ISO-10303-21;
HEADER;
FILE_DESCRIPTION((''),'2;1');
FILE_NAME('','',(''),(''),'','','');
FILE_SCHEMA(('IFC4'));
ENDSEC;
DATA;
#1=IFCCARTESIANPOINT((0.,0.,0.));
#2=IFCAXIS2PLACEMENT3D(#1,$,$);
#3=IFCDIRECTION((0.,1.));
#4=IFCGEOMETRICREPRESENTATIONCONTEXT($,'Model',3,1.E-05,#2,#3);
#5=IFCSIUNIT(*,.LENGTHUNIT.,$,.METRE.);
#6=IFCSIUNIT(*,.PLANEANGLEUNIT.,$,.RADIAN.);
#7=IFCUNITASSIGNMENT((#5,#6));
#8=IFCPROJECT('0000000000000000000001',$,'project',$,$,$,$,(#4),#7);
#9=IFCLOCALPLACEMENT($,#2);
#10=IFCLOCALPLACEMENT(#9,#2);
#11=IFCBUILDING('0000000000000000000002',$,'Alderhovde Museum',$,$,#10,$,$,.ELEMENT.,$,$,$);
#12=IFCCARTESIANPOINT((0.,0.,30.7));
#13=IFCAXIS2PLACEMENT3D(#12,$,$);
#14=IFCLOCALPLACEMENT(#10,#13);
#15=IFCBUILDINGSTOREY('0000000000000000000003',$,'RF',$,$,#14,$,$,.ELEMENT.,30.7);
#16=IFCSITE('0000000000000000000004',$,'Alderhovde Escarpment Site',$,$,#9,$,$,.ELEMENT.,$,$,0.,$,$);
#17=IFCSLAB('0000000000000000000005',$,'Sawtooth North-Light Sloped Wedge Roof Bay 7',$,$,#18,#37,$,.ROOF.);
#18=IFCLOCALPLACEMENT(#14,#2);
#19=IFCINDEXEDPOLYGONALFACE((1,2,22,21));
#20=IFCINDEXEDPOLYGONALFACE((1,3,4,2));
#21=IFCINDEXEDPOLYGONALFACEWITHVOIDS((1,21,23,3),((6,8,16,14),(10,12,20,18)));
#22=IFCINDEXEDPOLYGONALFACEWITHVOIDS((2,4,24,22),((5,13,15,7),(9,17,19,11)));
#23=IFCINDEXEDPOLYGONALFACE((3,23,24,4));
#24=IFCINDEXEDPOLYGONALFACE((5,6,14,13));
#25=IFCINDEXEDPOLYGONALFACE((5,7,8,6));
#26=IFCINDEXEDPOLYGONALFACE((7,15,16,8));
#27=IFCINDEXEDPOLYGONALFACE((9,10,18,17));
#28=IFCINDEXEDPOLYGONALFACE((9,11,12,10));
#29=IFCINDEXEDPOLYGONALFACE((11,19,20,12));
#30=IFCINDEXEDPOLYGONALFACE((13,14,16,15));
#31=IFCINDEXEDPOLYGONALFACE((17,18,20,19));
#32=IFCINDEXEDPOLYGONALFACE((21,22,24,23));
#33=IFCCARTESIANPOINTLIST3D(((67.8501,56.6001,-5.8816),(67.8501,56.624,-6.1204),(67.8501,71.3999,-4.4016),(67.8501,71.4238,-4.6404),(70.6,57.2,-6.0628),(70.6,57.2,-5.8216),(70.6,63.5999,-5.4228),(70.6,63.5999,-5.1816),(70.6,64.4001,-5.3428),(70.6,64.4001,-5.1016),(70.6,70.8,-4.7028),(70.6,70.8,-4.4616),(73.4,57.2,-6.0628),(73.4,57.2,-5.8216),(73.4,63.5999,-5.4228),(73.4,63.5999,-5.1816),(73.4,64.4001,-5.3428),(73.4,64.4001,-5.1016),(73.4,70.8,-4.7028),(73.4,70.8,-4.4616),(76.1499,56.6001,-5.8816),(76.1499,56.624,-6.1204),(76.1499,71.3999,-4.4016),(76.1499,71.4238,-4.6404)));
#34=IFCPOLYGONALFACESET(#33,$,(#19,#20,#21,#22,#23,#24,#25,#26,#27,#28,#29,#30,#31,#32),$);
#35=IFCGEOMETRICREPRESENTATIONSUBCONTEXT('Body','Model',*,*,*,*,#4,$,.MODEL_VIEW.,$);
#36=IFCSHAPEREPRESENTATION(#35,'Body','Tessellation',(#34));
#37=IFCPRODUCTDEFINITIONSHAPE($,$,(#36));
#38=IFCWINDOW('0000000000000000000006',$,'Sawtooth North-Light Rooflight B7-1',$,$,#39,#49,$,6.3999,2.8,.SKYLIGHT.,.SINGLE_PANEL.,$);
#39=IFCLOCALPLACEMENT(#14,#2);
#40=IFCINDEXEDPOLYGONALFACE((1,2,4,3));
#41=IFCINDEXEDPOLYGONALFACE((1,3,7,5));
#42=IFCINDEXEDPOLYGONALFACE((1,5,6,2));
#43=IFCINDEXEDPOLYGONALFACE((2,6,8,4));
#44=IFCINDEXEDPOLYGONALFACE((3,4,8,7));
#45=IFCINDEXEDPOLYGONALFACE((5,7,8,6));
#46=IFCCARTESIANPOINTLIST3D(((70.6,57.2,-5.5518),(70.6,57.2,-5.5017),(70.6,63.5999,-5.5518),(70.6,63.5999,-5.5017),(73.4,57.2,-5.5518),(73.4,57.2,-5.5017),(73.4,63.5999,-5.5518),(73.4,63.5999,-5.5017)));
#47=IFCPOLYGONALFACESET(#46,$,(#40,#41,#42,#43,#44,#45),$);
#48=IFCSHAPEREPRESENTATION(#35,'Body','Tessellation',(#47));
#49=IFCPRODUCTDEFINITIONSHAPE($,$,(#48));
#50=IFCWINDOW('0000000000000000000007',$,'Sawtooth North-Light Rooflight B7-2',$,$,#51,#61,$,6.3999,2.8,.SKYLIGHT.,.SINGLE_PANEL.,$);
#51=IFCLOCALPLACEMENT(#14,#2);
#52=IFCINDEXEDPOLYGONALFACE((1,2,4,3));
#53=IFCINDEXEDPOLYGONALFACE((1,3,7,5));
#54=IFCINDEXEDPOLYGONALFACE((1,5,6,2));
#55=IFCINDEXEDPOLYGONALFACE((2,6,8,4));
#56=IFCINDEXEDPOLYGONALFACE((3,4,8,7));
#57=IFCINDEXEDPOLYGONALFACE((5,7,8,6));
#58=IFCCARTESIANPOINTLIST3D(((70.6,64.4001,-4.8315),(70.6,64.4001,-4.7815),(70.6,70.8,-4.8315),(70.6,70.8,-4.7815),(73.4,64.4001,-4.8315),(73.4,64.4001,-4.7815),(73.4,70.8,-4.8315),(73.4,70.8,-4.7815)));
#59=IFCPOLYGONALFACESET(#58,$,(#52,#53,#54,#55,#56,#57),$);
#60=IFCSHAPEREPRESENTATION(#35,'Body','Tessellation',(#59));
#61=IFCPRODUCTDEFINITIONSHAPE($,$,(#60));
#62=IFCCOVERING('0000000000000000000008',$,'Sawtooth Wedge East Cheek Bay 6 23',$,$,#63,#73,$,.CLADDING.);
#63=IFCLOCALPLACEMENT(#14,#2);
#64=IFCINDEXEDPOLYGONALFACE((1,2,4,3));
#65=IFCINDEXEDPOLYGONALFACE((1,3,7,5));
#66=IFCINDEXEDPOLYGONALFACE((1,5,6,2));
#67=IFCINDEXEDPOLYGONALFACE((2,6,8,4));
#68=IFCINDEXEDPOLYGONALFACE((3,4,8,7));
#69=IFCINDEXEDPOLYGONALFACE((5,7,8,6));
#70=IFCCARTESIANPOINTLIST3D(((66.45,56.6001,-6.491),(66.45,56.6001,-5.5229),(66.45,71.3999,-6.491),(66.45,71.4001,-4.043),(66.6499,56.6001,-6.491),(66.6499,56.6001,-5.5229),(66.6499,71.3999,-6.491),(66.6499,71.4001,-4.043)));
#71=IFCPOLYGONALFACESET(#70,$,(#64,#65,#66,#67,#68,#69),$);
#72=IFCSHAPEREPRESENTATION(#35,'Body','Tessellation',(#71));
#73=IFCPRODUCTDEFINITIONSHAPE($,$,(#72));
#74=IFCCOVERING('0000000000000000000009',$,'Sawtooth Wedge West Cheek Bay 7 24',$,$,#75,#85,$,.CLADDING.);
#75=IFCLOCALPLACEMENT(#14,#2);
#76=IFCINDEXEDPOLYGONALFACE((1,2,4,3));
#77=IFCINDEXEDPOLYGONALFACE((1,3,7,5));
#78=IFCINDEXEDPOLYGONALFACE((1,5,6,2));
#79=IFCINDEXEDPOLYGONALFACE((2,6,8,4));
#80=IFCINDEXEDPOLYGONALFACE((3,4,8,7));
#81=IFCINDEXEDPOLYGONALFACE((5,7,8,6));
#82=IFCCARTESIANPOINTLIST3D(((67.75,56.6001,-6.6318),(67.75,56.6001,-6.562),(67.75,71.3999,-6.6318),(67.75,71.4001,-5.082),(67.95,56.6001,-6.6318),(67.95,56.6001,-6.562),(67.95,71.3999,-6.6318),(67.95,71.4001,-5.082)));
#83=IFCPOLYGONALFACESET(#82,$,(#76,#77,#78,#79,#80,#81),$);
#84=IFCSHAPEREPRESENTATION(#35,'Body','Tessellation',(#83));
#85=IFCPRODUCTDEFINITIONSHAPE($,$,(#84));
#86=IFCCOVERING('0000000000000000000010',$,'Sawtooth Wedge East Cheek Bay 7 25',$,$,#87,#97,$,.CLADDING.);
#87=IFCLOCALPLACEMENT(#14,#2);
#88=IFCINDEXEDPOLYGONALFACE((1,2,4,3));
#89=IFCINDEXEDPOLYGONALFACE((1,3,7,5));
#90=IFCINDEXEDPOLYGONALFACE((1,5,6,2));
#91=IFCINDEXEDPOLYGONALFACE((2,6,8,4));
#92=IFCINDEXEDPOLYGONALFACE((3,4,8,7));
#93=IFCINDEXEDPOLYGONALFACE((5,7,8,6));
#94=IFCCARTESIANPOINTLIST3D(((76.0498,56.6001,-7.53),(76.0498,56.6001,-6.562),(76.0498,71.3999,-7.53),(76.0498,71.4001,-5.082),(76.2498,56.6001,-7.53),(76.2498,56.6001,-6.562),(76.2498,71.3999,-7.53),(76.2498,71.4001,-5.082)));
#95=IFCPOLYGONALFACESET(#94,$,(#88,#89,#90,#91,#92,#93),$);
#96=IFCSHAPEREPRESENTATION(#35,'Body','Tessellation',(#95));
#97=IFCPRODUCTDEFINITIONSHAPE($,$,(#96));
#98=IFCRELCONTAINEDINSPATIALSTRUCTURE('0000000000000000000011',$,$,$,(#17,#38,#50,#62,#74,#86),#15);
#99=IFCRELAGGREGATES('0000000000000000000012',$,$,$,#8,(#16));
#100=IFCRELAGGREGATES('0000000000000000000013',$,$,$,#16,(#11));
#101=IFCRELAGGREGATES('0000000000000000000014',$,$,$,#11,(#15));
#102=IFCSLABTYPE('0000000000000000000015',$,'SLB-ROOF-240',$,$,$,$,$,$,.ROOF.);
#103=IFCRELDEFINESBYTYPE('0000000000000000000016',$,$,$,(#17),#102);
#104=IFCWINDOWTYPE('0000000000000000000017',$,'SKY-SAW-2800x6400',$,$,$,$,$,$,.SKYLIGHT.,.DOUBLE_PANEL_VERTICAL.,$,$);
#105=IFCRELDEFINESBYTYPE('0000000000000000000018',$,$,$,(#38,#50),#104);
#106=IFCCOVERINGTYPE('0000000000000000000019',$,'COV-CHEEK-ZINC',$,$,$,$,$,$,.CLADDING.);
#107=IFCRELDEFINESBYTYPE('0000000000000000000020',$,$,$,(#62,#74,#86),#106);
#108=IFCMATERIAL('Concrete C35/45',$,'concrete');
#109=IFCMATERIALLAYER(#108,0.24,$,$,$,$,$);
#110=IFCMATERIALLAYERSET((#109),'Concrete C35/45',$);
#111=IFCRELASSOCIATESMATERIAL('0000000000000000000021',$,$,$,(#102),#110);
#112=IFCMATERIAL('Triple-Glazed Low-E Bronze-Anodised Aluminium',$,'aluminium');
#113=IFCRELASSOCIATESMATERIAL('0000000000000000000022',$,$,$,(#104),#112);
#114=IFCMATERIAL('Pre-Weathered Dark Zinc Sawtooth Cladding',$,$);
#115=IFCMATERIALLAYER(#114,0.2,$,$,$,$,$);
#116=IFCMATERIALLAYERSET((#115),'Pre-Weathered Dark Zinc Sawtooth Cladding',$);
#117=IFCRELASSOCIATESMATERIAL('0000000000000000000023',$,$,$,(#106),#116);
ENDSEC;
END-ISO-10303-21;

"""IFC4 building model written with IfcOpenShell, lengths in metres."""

from ifc_helpers import new_model, si_unit, direction, frame, origin, origin_2d, place, context, subcontext, project, spatial, polyline, rectangle, outline, extrude, material, layer, layer_set, type_object, element, fill, save


model = new_model("IFC4")

# Units and contexts
model_context = context("Model", 3, precision=1e-05, world=origin(), true_north=direction((0.0, 1.0)))
body_context = subcontext(model_context, "Body", "Model", "MODEL_VIEW")
ifc_project = project(units=[si_unit("LENGTHUNIT", "METRE"), si_unit("PLANEANGLEUNIT", "RADIAN")], contexts=[model_context])

# Site, building, storey
site_placement = place(None, origin())
site = spatial("IfcSite", under=ifc_project, at=site_placement, Name="Alderhovde Escarpment Site", CompositionType="ELEMENT", RefElevation=0.0)
building_placement = place(site_placement, origin())
building = spatial("IfcBuilding", under=site, at=building_placement, Name="Alderhovde Museum", CompositionType="ELEMENT")
storey_placement = place(building_placement, frame((0.0, 0.0, 30.7)))
storey = spatial("IfcBuildingStorey", under=building, at=storey_placement, Name="RF", CompositionType="ELEMENT", Elevation=30.7)

# Slab, openings, windows
ifc_material_1 = material(Name="Concrete C35/45", Category="concrete")
ifc_layer_1 = layer(ifc_material_1, 0.24)
ifc_layer_set_1 = layer_set([ifc_layer_1], Name="Concrete C35/45")
slab_type = type_object("IfcSlabType", Name="SLB-ROOF-240", PredefinedType="ROOF", material=ifc_layer_set_1)
slab_placement = place(storey_placement, frame((67.8501, 56.6001, -5.8816), z_axis=(0.0, -0.099504, 0.995037), x_axis=(1.0, 0.0, 0.0)))
slab = element("IfcSlab", 1, at=slab_placement, inside=storey, type_object=slab_type, Name="Sawtooth North-Light Sloped Wedge Roof Bay 7", PredefinedType="ROOF", context=body_context, shape_type="SweptSolid", body=[
    extrude(outline(polyline([(0.0, 0.0), (8.2998, 0.0), (8.2998, 14.8736), (0.0, 14.8736), (0.0, 0.0)])), origin(), (0.0, 0.0, -1.0), 0.24),
])
opening_1_placement = place(storey_placement, frame((72.0, 60.3999, -7.2417)))
opening_1 = element("IfcOpeningElement", 2, at=opening_1_placement, cuts=slab, PredefinedType="OPENING", context=body_context, shape_type="SweptSolid", body=[
    extrude(rectangle(XDim=2.8, YDim=6.3999, at=origin_2d()), origin(), (0.0, 0.0, 1.0), 3.24),
])
opening_2_placement = place(storey_placement, frame((72.0, 67.6001, -6.5215)))
opening_2 = element("IfcOpeningElement", 3, at=opening_2_placement, cuts=slab, PredefinedType="OPENING", context=body_context, shape_type="SweptSolid", body=[
    extrude(rectangle(XDim=2.8, YDim=6.3999, at=origin_2d()), origin(), (0.0, 0.0, 1.0), 3.24),
])
ifc_material_2 = material(Name="Triple-Glazed Low-E Bronze-Anodised Aluminium", Category="aluminium")
window_type = type_object("IfcWindowType", Name="SKY-SAW-2800x6400", PartitioningType="DOUBLE_PANEL_VERTICAL", PredefinedType="SKYLIGHT", material=ifc_material_2)
window_1_placement = place(opening_1_placement, frame((0.0, 0.0, 1.6899)))
window_1 = element("IfcWindow", 4, at=window_1_placement, inside=storey, type_object=window_type, Name="Sawtooth North-Light Rooflight B7-1", OverallHeight=6.3999, OverallWidth=2.8, PartitioningType="SINGLE_PANEL", PredefinedType="SKYLIGHT", context=body_context, shape_type="SweptSolid", body=[
    extrude(rectangle(XDim=2.8, YDim=6.3999, at=origin_2d()), origin(), (0.0, 0.0, 1.0), 0.05),
])
fill(opening_1, window_1)
window_2_placement = place(opening_2_placement, frame((0.0, 0.0, 1.6899)))
window_2 = element("IfcWindow", 5, at=window_2_placement, inside=storey, type_object=window_type, Name="Sawtooth North-Light Rooflight B7-2", OverallHeight=6.3999, OverallWidth=2.8, PartitioningType="SINGLE_PANEL", PredefinedType="SKYLIGHT", context=body_context, shape_type="SweptSolid", body=[
    extrude(rectangle(XDim=2.8, YDim=6.3999, at=origin_2d()), origin(), (0.0, 0.0, 1.0), 0.05),
])
fill(opening_2, window_2)

# Coverings
ifc_material_3 = material(Name="Pre-Weathered Dark Zinc Sawtooth Cladding")
ifc_layer_2 = layer(ifc_material_3, 0.2)
ifc_layer_set_2 = layer_set([ifc_layer_2], Name="Pre-Weathered Dark Zinc Sawtooth Cladding")
covering_type = type_object("IfcCoveringType", Name="COV-CHEEK-ZINC", PredefinedType="CLADDING", material=ifc_layer_set_2)
covering_1_placement = place(storey_placement, frame((66.55, 56.6001, -6.491), z_axis=(0.0, 0.0, 1.0), x_axis=(0.0, 1.0, 0.0)))
element("IfcCovering", 6, at=covering_1_placement, inside=storey, type_object=covering_type, Name="Sawtooth Wedge East Cheek Bay 6 23", PredefinedType="CLADDING", context=body_context, shape_type="SweptSolid", body=[
    extrude(outline(polyline([(0.0, 0.0), (14.7998, 0.0), (14.8, 2.448), (0.0, 0.968), (0.0, 0.0)])), frame((0.0, 0.1001, 0.0), z_axis=(0.0, -1.0, 0.0), x_axis=(1.0, 0.0, 0.0)), (0.0, 0.0, 1.0), 0.2),
])
covering_2_placement = place(storey_placement, frame((67.8501, 56.6001, -6.6318), z_axis=(0.0, 0.0, 1.0), x_axis=(0.0, 1.0, 0.0)))
element("IfcCovering", 7, at=covering_2_placement, inside=storey, type_object=covering_type, Name="Sawtooth Wedge West Cheek Bay 7 24", PredefinedType="CLADDING", context=body_context, shape_type="SweptSolid", body=[
    extrude(outline(polyline([(0.0, 0.0), (14.7998, 0.0), (14.8, 1.5498), (0.0, 0.0698), (0.0, 0.0)])), frame((0.0, 0.1001, 0.0), z_axis=(0.0, -1.0, 0.0), x_axis=(1.0, 0.0, 0.0)), (0.0, 0.0, 1.0), 0.2),
])
covering_3_placement = place(storey_placement, frame((76.1499, 56.6001, -7.53), z_axis=(0.0, 0.0, 1.0), x_axis=(0.0, 1.0, 0.0)))
element("IfcCovering", 8, at=covering_3_placement, inside=storey, type_object=covering_type, Name="Sawtooth Wedge East Cheek Bay 7 25", PredefinedType="CLADDING", context=body_context, shape_type="SweptSolid", body=[
    extrude(outline(polyline([(0.0, 0.0), (14.7998, 0.0), (14.8, 2.448), (0.0, 0.968), (0.0, 0.0)])), frame((0.0, 0.1001, 0.0), z_axis=(0.0, -1.0, 0.0), x_axis=(1.0, 0.0, 0.0)), (0.0, 0.0, 1.0), 0.2),
])

save(model, "model.ifc")
